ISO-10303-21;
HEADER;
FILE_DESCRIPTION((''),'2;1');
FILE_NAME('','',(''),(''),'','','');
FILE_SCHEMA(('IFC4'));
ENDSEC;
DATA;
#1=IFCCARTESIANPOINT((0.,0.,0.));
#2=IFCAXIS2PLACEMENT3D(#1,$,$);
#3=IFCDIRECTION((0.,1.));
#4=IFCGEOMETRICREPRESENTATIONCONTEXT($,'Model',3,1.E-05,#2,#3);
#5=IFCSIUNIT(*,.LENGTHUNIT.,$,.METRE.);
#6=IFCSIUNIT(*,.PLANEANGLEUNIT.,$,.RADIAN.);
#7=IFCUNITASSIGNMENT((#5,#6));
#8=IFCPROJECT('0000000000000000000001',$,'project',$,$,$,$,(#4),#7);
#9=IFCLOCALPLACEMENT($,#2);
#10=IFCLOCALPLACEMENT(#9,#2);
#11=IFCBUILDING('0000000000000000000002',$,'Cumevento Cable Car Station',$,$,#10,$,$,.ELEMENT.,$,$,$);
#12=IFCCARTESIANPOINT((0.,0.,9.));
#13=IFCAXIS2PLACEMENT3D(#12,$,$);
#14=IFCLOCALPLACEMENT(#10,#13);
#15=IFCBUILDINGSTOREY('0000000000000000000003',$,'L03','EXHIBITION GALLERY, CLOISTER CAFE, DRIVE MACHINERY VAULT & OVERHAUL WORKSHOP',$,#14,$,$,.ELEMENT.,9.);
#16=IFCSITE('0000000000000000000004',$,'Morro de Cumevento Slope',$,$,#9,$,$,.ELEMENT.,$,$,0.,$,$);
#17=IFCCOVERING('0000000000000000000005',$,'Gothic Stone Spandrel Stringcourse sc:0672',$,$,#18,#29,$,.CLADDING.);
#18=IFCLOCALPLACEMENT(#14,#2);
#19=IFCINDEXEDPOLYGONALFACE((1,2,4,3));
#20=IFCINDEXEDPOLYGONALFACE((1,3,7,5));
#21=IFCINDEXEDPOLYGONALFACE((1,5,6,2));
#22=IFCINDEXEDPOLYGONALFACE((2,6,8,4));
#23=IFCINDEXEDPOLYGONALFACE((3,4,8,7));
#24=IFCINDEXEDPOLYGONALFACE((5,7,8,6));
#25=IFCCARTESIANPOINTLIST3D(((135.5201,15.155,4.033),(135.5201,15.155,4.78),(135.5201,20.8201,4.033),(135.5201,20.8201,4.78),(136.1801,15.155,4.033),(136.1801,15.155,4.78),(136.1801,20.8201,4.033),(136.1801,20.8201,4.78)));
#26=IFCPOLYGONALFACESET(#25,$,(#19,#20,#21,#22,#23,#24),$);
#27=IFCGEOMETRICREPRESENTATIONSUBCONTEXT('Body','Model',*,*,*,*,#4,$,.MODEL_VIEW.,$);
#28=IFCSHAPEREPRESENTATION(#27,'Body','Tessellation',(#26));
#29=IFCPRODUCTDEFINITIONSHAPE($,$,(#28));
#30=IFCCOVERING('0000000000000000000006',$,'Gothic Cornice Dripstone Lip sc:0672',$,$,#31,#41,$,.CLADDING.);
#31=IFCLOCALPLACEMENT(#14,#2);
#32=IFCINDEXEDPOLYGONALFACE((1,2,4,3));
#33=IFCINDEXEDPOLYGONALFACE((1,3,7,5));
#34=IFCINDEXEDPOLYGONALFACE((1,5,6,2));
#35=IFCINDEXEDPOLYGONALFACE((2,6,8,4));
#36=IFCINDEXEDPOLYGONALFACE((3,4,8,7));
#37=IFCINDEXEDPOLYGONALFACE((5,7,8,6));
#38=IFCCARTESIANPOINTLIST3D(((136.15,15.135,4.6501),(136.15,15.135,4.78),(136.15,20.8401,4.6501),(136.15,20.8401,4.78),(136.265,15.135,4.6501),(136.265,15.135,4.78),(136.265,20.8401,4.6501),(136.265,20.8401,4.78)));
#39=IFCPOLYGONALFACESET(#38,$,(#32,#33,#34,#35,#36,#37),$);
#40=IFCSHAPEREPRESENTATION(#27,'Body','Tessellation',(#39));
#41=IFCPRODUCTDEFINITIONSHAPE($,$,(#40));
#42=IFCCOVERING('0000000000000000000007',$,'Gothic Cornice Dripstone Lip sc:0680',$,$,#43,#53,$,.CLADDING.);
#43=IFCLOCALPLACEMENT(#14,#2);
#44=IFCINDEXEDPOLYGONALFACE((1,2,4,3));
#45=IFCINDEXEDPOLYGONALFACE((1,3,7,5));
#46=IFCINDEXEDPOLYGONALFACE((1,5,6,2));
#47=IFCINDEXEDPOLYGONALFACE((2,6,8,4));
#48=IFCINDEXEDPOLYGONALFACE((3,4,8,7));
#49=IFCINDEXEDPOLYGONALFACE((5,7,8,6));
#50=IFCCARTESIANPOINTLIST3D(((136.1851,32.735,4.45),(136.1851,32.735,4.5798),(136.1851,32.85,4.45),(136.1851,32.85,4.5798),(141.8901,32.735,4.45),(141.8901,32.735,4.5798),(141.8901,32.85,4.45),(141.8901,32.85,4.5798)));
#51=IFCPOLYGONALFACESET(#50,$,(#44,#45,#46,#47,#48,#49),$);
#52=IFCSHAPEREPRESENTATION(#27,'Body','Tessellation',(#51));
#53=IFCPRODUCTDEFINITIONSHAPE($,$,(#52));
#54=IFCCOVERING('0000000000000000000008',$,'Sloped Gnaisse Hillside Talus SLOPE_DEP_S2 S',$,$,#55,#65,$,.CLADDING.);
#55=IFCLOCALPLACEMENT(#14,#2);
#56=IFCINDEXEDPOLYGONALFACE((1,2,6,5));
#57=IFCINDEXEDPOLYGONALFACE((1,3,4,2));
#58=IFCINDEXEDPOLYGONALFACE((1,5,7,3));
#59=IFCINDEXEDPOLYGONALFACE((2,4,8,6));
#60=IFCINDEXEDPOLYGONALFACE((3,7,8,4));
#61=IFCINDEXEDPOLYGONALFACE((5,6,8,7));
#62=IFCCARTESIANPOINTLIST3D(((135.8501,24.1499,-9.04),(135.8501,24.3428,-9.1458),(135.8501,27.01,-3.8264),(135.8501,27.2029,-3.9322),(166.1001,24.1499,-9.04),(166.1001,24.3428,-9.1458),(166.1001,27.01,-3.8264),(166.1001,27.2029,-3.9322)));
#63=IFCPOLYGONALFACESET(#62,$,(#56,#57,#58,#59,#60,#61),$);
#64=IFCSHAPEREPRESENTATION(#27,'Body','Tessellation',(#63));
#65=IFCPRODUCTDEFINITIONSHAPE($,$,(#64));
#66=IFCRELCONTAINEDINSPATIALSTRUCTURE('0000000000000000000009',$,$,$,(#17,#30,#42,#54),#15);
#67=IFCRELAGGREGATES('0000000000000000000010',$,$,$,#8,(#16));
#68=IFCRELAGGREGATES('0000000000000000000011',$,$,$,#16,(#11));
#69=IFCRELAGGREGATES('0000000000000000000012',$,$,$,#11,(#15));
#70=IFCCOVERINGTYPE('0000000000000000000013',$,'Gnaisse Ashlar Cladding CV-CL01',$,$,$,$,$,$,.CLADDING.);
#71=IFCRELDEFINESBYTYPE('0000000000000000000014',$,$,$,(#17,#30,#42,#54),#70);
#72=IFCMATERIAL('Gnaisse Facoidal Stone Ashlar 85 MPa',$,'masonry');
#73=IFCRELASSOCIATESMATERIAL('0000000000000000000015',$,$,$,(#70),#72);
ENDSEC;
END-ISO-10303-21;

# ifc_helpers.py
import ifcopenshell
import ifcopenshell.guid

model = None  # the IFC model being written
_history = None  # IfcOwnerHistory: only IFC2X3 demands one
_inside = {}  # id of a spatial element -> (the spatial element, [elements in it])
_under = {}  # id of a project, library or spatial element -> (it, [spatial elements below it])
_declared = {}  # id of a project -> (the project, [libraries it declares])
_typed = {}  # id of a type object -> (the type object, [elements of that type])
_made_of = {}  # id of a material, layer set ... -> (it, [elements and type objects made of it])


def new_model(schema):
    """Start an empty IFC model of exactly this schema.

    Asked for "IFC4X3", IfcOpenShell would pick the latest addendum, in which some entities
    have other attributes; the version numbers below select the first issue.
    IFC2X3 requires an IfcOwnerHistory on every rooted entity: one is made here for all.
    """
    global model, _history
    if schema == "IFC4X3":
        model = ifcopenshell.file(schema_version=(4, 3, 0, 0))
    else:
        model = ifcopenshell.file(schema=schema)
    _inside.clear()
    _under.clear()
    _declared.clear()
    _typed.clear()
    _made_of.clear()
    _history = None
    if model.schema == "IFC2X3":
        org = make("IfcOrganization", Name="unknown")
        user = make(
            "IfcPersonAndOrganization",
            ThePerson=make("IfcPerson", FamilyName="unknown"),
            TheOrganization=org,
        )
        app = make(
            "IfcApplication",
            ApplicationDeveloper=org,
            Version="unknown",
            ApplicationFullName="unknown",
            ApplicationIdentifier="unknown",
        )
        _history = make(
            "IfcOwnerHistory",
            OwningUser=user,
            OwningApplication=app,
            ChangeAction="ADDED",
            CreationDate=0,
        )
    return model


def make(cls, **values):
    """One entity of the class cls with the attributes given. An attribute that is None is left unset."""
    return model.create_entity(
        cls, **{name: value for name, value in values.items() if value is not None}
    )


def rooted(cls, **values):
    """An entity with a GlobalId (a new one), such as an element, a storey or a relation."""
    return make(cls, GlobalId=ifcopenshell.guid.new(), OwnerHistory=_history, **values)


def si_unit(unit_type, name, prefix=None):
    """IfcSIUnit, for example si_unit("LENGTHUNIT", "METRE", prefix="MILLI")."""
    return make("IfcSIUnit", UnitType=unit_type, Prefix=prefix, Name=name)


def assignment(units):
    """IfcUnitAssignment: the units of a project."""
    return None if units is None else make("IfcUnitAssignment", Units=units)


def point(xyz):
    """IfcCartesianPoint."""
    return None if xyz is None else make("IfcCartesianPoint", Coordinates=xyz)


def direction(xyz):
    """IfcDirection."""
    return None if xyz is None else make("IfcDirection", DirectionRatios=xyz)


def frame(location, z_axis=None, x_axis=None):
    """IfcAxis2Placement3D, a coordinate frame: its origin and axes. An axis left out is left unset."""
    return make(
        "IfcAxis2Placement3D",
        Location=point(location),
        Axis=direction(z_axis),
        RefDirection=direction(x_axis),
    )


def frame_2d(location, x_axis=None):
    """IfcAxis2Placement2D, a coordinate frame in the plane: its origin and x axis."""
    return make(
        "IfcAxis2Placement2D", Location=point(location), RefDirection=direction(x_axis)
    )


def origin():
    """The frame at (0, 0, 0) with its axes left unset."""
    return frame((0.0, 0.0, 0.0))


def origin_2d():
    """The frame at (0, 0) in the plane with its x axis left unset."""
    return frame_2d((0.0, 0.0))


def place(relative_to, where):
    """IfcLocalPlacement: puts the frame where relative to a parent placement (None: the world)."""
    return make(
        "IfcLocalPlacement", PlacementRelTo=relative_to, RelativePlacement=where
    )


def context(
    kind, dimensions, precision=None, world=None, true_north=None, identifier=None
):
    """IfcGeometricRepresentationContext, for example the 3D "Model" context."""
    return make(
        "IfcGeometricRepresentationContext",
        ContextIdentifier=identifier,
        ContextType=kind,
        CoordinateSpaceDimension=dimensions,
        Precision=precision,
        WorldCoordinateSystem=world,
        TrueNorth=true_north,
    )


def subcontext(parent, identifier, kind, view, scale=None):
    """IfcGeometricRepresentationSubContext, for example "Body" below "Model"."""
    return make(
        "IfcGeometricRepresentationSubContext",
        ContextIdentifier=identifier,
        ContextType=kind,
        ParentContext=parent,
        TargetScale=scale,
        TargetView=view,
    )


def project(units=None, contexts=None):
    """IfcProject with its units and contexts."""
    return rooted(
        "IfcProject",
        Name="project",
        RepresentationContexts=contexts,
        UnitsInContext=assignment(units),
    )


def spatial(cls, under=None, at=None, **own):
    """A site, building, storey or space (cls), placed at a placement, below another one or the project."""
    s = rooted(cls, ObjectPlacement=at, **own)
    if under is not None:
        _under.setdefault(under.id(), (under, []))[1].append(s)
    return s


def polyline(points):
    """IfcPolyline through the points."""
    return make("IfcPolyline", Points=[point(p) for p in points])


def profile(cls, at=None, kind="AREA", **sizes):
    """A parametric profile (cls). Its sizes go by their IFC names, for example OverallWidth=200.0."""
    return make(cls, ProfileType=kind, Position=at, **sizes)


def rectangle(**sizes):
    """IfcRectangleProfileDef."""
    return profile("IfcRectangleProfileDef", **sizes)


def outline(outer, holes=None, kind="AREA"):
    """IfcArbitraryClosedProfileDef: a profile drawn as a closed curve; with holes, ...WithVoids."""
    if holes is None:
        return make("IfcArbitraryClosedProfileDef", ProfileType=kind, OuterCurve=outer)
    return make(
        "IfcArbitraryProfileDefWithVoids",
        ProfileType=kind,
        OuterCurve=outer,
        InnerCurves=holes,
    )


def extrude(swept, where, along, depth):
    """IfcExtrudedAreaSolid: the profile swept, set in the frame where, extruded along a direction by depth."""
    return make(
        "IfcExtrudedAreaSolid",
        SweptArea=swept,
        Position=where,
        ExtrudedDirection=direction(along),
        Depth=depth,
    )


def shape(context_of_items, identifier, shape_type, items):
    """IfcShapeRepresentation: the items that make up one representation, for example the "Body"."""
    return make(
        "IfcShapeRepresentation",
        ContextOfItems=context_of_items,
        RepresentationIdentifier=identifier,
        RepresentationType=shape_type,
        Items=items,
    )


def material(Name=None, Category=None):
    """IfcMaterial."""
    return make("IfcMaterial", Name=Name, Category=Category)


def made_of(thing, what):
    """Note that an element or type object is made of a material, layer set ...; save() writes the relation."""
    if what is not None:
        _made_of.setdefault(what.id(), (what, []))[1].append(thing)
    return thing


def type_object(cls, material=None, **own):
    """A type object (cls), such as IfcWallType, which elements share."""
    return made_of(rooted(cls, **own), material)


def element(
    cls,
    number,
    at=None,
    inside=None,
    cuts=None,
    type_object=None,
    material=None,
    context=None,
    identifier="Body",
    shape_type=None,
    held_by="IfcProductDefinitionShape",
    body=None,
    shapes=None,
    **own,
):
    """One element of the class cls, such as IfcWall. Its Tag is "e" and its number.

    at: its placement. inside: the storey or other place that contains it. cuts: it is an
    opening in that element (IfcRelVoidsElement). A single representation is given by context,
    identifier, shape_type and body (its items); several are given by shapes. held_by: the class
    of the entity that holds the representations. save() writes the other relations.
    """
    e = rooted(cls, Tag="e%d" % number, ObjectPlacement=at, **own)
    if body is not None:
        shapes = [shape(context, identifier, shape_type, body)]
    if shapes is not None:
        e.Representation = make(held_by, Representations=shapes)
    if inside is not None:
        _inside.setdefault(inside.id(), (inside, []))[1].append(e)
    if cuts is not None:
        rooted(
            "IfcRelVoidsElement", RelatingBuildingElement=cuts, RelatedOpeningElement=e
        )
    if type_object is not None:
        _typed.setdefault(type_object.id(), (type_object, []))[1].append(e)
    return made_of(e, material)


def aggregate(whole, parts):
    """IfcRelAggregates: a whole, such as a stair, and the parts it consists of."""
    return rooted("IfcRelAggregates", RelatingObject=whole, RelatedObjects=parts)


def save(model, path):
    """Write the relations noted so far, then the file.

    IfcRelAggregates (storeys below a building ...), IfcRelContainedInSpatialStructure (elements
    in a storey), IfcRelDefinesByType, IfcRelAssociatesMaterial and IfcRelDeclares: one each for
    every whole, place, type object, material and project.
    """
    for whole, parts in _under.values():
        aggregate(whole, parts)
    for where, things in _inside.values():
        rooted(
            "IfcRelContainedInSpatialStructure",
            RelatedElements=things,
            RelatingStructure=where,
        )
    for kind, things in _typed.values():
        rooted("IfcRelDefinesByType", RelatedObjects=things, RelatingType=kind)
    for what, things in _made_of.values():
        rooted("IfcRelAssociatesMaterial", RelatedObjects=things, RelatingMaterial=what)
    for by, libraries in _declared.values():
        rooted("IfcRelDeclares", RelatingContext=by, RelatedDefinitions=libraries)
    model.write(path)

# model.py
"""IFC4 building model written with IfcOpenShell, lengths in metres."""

from ifc_helpers import new_model, si_unit, direction, frame, origin, origin_2d, place, context, subcontext, project, spatial, polyline, rectangle, outline, extrude, material, type_object, element, save


model = new_model("IFC4")

# Units and contexts
model_context = context("Model", 3, precision=1e-05, world=origin(), true_north=direction((0.0, 1.0)))
body_context = subcontext(model_context, "Body", "Model", "MODEL_VIEW")
ifc_project = project(units=[si_unit("LENGTHUNIT", "METRE"), si_unit("PLANEANGLEUNIT", "RADIAN")], contexts=[model_context])

# Site, building, storey
site_placement = place(None, origin())
site = spatial("IfcSite", under=ifc_project, at=site_placement, Name="Morro de Cumevento Slope", CompositionType="ELEMENT", RefElevation=0.0)
building_placement = place(site_placement, origin())
building = spatial("IfcBuilding", under=site, at=building_placement, Name="Cumevento Cable Car Station", CompositionType="ELEMENT")
storey_placement = place(building_placement, frame((0.0, 0.0, 9.0)))
storey = spatial("IfcBuildingStorey", under=building, at=storey_placement, Name="L03", Description="EXHIBITION GALLERY, CLOISTER CAFE, DRIVE MACHINERY VAULT & OVERHAUL WORKSHOP", CompositionType="ELEMENT", Elevation=9.0)

# Coverings
ifc_material_1 = material(Name="Gnaisse Facoidal Stone Ashlar 85 MPa", Category="masonry")
covering_type = type_object("IfcCoveringType", Name="Gnaisse Ashlar Cladding CV-CL01", PredefinedType="CLADDING", material=ifc_material_1)
covering_1_placement = place(storey_placement, frame((135.8501, 17.9875, 4.033), z_axis=(0.0, 0.0, 1.0), x_axis=(0.0, -1.0, 0.0)))
element("IfcCovering", 1, at=covering_1_placement, inside=storey, type_object=covering_type, Name="Gothic Stone Spandrel Stringcourse sc:0672", PredefinedType="CLADDING", context=body_context, shape_type="SweptSolid", body=[
    extrude(rectangle(XDim=5.665, YDim=0.6599, at=origin_2d()), origin(), (0.0, 0.0, 1.0), 0.7471),
])
for number, where, z_axis, x_axis, name in (
    (2, (136.2075, 17.9875, 4.6501), (0.0, 0.0, 1.0), (0.0, -1.0, 0.0), "Gothic Cornice Dripstone Lip sc:0672"),
    (3, (139.0376, 32.7925, 4.45), (0.0, 0.0, 1.0), (-1.0, 0.0, 0.0), "Gothic Cornice Dripstone Lip sc:0680"),
):
    element("IfcCovering", number, at=place(storey_placement, frame(where, z_axis=z_axis, x_axis=x_axis)), inside=storey, type_object=covering_type, Name=name, PredefinedType="CLADDING", context=body_context, shape_type="SweptSolid", body=[
        extrude(rectangle(XDim=5.7051, YDim=0.115, at=origin_2d()), origin(), (0.0, 0.0, 1.0), 0.1299),
    ])
covering_2_placement = place(storey_placement, frame((135.8501, 24.1499, -9.04), z_axis=(0.0, -0.87674, 0.480965), x_axis=(1.0, 0.0, 0.0)))
element("IfcCovering", 4, at=covering_2_placement, inside=storey, type_object=covering_type, Name="Sloped Gnaisse Hillside Talus SLOPE_DEP_S2 S", PredefinedType="CLADDING", context=body_context, shape_type="SweptSolid", body=[
    extrude(outline(polyline([(0.0, 0.0), (30.25, 0.0), (30.25, 5.9466), (0.0, 5.9466), (0.0, 0.0)])), origin(), (0.0, 0.0, -1.0), 0.22),
])

save(model, "model.ifc")
